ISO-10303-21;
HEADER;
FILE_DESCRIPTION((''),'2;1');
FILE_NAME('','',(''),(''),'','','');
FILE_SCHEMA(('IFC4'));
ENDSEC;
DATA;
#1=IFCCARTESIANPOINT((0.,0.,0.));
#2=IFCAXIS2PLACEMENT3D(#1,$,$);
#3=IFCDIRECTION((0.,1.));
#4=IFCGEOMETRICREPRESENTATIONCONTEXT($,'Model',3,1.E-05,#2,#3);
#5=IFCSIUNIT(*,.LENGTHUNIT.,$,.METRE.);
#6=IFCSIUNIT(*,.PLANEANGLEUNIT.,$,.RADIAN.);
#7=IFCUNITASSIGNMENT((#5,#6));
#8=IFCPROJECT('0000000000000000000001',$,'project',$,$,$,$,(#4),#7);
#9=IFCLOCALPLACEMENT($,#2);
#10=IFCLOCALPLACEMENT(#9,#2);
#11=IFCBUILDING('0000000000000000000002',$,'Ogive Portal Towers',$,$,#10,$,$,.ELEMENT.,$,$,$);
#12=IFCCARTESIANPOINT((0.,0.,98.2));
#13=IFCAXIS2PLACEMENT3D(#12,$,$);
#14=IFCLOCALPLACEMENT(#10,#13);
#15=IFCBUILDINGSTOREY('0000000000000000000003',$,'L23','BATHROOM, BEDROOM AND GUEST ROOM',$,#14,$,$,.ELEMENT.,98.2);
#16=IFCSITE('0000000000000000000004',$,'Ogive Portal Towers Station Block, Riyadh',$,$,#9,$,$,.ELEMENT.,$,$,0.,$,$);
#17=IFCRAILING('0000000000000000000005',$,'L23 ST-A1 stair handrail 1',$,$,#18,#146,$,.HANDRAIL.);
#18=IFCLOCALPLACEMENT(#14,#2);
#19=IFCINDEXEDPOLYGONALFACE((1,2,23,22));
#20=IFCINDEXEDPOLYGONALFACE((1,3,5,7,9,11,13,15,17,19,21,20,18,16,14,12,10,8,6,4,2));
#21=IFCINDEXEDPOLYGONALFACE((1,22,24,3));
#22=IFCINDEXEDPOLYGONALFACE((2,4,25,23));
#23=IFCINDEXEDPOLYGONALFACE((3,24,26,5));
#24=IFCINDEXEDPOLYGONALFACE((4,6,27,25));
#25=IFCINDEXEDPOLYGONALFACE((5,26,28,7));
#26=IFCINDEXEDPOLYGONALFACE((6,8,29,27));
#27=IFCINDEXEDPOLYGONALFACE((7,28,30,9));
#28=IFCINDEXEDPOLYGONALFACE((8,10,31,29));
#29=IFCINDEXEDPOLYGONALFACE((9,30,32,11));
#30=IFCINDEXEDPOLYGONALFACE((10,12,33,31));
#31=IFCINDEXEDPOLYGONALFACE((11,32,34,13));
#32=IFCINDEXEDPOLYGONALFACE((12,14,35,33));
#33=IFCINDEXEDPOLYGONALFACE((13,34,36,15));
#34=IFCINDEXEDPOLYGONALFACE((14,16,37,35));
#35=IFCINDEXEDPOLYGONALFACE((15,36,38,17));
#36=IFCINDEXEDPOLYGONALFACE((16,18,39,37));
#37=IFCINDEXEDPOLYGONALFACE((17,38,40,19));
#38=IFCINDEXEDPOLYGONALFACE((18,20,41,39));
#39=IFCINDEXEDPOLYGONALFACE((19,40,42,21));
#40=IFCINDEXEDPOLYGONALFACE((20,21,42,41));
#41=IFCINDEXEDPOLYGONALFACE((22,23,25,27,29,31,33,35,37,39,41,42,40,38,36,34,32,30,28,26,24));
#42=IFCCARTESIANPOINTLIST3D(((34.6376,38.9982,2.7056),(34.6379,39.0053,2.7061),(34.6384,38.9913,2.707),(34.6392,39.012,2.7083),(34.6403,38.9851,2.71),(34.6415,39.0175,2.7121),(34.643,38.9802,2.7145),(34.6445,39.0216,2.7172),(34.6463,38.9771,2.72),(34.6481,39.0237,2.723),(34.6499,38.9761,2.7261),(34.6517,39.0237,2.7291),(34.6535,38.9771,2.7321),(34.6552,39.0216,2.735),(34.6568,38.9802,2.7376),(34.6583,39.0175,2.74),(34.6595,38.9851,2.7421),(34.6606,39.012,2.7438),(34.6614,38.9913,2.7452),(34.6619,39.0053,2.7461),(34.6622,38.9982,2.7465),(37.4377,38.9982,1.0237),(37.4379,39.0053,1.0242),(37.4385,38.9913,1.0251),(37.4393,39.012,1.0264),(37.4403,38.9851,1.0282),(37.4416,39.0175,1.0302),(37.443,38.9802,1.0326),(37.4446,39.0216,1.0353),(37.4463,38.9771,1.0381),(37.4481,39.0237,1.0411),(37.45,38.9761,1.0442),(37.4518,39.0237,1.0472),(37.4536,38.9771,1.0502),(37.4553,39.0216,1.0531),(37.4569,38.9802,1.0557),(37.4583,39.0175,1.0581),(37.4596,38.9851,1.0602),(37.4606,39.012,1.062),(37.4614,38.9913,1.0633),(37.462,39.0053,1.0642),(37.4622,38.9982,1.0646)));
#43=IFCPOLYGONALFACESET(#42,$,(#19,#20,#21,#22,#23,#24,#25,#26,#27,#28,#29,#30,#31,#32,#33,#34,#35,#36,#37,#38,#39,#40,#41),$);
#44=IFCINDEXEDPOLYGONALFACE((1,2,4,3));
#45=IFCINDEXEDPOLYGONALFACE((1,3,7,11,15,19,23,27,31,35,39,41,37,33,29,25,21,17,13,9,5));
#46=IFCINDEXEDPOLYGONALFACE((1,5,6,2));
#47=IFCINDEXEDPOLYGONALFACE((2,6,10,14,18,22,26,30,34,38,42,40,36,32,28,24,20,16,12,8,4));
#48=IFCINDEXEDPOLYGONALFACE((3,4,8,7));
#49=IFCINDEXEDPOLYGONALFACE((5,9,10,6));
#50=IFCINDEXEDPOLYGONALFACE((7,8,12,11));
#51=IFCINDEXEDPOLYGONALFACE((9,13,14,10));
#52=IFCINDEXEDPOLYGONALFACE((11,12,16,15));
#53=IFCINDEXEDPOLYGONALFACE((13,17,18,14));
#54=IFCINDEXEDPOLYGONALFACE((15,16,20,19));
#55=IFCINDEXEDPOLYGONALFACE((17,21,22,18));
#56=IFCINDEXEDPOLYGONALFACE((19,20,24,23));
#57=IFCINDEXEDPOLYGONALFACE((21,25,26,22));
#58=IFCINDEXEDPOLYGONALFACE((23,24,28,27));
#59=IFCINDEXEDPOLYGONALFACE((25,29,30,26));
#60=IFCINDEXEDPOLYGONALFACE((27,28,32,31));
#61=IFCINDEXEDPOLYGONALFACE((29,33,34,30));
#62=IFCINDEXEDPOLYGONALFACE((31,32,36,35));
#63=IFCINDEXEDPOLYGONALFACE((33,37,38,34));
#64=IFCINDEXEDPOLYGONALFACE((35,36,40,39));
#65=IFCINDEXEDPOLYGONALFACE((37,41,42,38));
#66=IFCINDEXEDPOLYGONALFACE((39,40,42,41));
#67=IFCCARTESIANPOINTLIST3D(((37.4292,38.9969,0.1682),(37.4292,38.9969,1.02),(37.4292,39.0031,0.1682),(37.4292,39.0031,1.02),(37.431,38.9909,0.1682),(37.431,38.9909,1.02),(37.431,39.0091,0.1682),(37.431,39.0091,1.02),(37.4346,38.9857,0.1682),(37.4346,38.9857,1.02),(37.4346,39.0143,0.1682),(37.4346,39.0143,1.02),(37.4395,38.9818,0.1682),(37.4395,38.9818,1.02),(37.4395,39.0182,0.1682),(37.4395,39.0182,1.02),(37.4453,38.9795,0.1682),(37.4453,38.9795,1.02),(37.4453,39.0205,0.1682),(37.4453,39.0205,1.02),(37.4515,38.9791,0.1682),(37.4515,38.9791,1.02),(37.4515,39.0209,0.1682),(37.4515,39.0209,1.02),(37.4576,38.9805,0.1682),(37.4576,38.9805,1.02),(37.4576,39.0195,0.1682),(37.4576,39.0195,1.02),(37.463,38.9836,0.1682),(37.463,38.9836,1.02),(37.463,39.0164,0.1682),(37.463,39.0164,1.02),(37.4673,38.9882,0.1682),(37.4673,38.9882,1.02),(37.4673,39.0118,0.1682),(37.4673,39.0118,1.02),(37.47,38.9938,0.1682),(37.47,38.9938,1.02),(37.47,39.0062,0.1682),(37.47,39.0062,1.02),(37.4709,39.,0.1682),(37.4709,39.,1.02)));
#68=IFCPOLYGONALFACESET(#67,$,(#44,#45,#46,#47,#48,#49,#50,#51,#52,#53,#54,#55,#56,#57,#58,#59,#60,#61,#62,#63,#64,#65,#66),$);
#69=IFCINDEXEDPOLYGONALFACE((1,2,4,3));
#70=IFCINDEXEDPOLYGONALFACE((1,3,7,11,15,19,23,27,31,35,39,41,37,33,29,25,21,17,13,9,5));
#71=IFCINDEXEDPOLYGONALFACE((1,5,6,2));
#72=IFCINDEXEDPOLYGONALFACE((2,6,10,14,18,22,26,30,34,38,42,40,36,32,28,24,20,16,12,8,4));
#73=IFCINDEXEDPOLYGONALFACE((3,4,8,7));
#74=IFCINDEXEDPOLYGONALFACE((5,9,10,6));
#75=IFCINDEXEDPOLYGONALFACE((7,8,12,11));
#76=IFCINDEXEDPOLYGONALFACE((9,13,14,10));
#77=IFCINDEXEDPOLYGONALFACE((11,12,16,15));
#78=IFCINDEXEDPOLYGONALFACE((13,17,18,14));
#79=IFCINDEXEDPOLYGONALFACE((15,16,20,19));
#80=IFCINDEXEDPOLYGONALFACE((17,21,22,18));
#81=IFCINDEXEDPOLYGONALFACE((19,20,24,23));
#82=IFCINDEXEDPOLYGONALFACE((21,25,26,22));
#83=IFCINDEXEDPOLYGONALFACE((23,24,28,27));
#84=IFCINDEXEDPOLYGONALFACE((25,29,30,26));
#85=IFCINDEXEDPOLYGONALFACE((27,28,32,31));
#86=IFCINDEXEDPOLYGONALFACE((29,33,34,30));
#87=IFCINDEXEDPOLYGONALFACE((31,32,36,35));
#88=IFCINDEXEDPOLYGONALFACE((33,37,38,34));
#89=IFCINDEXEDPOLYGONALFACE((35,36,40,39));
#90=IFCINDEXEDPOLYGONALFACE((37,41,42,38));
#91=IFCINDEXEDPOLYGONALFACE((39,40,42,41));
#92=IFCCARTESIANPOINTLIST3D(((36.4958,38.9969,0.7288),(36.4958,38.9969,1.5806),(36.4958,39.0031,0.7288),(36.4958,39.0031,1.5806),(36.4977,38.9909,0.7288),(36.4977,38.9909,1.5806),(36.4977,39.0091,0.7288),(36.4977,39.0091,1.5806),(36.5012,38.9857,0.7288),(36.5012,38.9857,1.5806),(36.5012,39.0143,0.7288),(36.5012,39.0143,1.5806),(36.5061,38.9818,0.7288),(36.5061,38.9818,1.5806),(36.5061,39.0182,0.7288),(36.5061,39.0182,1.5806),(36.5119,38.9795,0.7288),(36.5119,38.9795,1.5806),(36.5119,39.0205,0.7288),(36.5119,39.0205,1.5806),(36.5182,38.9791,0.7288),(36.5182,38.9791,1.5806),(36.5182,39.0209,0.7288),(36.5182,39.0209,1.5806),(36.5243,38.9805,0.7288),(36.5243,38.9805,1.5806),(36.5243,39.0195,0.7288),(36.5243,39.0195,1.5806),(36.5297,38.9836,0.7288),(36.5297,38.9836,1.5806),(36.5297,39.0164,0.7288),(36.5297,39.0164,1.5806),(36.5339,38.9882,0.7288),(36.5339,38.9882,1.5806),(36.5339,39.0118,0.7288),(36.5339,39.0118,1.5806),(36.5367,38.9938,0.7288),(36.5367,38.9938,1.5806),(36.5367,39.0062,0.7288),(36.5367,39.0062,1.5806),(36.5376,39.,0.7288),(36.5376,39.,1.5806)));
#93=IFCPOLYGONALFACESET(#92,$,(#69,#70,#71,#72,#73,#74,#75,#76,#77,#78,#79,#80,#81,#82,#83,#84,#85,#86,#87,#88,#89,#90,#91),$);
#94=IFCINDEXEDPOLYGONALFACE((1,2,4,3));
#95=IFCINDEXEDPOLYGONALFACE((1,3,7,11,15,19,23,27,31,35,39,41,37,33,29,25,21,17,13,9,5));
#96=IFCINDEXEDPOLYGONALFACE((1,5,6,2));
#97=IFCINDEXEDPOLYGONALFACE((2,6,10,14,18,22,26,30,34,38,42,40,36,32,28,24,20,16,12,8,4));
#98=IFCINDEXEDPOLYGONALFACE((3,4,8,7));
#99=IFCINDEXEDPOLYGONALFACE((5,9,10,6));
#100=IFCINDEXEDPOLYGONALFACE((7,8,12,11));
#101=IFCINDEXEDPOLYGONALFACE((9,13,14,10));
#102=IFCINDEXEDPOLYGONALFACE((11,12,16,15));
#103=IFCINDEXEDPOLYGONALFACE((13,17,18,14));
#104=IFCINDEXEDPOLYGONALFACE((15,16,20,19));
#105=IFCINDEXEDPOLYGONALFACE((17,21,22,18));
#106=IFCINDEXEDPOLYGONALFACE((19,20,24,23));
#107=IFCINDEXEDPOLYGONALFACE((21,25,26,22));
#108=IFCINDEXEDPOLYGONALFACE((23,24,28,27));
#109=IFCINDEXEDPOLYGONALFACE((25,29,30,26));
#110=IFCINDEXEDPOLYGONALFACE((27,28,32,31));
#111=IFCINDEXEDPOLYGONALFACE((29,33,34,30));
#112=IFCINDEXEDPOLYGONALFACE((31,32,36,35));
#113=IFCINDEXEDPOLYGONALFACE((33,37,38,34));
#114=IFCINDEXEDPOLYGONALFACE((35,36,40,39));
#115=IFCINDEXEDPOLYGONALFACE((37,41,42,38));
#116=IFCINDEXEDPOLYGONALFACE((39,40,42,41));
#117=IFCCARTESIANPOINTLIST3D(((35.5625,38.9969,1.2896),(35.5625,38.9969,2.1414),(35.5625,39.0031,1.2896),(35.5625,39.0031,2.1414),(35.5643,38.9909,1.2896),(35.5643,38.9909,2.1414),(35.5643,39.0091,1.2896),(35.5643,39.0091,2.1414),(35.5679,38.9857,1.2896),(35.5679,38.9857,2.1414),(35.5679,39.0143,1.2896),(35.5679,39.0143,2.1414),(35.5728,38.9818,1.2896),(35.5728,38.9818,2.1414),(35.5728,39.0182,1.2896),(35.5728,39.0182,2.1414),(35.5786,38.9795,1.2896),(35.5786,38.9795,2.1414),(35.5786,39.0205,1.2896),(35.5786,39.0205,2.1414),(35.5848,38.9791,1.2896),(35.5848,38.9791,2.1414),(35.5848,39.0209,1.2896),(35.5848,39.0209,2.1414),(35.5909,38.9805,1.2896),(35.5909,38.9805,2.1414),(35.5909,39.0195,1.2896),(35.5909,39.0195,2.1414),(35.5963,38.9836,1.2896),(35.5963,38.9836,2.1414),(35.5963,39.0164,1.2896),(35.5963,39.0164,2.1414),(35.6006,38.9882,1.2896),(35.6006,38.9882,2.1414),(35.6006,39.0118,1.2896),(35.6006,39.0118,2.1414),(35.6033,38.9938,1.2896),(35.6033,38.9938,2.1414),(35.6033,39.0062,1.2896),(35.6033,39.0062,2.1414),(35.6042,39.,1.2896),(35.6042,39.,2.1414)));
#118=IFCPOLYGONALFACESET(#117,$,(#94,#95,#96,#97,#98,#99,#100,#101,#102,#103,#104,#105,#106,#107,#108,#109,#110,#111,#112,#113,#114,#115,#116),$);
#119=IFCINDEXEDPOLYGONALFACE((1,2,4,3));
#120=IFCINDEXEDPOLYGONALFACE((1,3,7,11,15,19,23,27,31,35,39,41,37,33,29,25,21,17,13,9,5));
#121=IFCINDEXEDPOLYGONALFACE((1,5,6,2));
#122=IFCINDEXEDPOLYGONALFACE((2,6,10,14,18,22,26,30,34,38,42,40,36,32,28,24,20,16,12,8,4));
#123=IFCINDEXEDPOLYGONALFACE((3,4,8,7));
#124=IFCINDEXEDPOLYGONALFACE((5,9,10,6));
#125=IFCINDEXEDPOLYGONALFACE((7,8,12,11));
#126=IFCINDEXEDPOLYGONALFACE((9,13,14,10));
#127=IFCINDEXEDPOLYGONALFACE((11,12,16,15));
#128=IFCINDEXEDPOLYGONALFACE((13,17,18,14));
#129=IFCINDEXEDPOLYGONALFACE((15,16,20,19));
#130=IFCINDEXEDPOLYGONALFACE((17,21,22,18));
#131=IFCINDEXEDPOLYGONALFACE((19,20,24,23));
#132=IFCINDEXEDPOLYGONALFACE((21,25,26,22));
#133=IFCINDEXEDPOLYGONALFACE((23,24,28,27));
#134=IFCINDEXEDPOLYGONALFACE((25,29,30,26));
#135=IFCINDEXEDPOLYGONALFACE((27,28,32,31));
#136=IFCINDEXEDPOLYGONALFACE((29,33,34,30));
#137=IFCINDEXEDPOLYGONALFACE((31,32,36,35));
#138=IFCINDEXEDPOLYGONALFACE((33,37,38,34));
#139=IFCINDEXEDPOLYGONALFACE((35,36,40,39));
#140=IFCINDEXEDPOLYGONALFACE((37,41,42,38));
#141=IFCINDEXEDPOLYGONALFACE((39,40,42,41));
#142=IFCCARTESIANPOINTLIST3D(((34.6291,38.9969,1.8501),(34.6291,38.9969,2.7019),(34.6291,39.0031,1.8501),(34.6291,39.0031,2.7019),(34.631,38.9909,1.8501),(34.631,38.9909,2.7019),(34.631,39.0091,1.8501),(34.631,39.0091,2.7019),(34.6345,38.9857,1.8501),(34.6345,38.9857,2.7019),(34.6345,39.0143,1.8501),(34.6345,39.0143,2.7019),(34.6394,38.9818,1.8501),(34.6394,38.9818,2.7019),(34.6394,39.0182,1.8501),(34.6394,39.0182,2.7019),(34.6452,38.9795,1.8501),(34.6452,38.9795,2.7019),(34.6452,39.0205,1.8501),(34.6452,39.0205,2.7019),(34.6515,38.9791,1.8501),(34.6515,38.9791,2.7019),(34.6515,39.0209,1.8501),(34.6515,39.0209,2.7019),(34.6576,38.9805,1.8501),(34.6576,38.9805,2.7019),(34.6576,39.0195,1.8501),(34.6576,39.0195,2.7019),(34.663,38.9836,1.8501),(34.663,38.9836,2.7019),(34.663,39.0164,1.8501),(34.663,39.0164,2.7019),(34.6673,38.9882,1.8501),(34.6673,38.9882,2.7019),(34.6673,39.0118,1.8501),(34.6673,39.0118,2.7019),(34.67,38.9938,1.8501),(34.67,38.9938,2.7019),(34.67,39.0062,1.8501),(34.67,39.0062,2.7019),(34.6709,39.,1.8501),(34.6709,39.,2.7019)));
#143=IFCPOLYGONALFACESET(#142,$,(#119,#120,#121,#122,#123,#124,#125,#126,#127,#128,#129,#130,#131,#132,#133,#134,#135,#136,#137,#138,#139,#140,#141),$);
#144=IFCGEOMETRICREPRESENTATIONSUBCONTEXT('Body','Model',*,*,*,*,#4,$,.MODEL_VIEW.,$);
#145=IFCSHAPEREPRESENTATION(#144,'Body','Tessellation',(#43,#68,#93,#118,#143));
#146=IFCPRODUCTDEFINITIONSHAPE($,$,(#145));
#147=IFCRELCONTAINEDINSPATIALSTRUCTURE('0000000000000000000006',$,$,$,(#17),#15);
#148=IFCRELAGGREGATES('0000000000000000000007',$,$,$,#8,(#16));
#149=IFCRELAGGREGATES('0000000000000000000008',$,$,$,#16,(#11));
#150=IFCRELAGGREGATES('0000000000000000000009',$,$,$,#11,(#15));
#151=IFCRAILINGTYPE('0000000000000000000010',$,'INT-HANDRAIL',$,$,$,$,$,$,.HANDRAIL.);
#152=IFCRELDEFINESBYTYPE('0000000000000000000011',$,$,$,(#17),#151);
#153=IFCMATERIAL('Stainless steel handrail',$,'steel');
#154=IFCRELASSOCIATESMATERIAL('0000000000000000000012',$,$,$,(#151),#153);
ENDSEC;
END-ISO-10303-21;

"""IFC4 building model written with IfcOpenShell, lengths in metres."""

from ifc_helpers import new_model, si_unit, direction, frame, origin, origin_2d, place, context, subcontext, project, spatial, circle, extrude, material, type_object, element, save


model = new_model("IFC4")

# Units and contexts
model_context = context("Model", 3, precision=1e-05, world=origin(), true_north=direction((0.0, 1.0)))
body_context = subcontext(model_context, "Body", "Model", "MODEL_VIEW")
ifc_project = project(units=[si_unit("LENGTHUNIT", "METRE"), si_unit("PLANEANGLEUNIT", "RADIAN")], contexts=[model_context])

# Site, building, storey
site_placement = place(None, origin())
site = spatial("IfcSite", under=ifc_project, at=site_placement, Name="Ogive Portal Towers Station Block, Riyadh", CompositionType="ELEMENT", RefElevation=0.0)
building_placement = place(site_placement, origin())
building = spatial("IfcBuilding", under=site, at=building_placement, Name="Ogive Portal Towers", CompositionType="ELEMENT")
storey_placement = place(building_placement, frame((0.0, 0.0, 98.2)))
storey = spatial("IfcBuildingStorey", under=building, at=storey_placement, Name="L23", Description="BATHROOM, BEDROOM AND GUEST ROOM", CompositionType="ELEMENT", Elevation=98.2)

# Railing
ifc_material_1 = material(Name="Stainless steel handrail", Category="steel")
railing_type_1 = type_object("IfcRailingType", Name="INT-HANDRAIL", PredefinedType="HANDRAIL", material=ifc_material_1)
railing_1_placement = place(storey_placement, frame((37.45, 39.0, 0.1682)))
element("IfcRailing", 1, at=railing_1_placement, inside=storey, type_object=railing_type_1, Name="L23 ST-A1 stair handrail 1", PredefinedType="HANDRAIL", context=body_context, shape_type="SweptSolid", body=[
    extrude(circle(Radius=0.0239, at=origin_2d()), frame((0.0, 0.0, 0.876), z_axis=(-0.857242, 0.0, 0.514913), x_axis=(0.0, -1.0, 0.0)), (0.0, 0.0, 1.0), 3.2664),
    extrude(circle(Radius=0.021, at=origin_2d()), origin(), (0.0, 0.0, 1.0), 0.8518),
    extrude(circle(Radius=0.021, at=origin_2d()), frame((-0.9333, 0.0, 0.5605)), (0.0, 0.0, 1.0), 0.8518),
    extrude(circle(Radius=0.021, at=origin_2d()), frame((-1.8667, 0.0, 1.1213)), (0.0, 0.0, 1.0), 0.8518),
    extrude(circle(Radius=0.021, at=origin_2d()), frame((-2.8, 0.0, 1.6819)), (0.0, 0.0, 1.0), 0.8518),
])

save(model, "model.ifc")
